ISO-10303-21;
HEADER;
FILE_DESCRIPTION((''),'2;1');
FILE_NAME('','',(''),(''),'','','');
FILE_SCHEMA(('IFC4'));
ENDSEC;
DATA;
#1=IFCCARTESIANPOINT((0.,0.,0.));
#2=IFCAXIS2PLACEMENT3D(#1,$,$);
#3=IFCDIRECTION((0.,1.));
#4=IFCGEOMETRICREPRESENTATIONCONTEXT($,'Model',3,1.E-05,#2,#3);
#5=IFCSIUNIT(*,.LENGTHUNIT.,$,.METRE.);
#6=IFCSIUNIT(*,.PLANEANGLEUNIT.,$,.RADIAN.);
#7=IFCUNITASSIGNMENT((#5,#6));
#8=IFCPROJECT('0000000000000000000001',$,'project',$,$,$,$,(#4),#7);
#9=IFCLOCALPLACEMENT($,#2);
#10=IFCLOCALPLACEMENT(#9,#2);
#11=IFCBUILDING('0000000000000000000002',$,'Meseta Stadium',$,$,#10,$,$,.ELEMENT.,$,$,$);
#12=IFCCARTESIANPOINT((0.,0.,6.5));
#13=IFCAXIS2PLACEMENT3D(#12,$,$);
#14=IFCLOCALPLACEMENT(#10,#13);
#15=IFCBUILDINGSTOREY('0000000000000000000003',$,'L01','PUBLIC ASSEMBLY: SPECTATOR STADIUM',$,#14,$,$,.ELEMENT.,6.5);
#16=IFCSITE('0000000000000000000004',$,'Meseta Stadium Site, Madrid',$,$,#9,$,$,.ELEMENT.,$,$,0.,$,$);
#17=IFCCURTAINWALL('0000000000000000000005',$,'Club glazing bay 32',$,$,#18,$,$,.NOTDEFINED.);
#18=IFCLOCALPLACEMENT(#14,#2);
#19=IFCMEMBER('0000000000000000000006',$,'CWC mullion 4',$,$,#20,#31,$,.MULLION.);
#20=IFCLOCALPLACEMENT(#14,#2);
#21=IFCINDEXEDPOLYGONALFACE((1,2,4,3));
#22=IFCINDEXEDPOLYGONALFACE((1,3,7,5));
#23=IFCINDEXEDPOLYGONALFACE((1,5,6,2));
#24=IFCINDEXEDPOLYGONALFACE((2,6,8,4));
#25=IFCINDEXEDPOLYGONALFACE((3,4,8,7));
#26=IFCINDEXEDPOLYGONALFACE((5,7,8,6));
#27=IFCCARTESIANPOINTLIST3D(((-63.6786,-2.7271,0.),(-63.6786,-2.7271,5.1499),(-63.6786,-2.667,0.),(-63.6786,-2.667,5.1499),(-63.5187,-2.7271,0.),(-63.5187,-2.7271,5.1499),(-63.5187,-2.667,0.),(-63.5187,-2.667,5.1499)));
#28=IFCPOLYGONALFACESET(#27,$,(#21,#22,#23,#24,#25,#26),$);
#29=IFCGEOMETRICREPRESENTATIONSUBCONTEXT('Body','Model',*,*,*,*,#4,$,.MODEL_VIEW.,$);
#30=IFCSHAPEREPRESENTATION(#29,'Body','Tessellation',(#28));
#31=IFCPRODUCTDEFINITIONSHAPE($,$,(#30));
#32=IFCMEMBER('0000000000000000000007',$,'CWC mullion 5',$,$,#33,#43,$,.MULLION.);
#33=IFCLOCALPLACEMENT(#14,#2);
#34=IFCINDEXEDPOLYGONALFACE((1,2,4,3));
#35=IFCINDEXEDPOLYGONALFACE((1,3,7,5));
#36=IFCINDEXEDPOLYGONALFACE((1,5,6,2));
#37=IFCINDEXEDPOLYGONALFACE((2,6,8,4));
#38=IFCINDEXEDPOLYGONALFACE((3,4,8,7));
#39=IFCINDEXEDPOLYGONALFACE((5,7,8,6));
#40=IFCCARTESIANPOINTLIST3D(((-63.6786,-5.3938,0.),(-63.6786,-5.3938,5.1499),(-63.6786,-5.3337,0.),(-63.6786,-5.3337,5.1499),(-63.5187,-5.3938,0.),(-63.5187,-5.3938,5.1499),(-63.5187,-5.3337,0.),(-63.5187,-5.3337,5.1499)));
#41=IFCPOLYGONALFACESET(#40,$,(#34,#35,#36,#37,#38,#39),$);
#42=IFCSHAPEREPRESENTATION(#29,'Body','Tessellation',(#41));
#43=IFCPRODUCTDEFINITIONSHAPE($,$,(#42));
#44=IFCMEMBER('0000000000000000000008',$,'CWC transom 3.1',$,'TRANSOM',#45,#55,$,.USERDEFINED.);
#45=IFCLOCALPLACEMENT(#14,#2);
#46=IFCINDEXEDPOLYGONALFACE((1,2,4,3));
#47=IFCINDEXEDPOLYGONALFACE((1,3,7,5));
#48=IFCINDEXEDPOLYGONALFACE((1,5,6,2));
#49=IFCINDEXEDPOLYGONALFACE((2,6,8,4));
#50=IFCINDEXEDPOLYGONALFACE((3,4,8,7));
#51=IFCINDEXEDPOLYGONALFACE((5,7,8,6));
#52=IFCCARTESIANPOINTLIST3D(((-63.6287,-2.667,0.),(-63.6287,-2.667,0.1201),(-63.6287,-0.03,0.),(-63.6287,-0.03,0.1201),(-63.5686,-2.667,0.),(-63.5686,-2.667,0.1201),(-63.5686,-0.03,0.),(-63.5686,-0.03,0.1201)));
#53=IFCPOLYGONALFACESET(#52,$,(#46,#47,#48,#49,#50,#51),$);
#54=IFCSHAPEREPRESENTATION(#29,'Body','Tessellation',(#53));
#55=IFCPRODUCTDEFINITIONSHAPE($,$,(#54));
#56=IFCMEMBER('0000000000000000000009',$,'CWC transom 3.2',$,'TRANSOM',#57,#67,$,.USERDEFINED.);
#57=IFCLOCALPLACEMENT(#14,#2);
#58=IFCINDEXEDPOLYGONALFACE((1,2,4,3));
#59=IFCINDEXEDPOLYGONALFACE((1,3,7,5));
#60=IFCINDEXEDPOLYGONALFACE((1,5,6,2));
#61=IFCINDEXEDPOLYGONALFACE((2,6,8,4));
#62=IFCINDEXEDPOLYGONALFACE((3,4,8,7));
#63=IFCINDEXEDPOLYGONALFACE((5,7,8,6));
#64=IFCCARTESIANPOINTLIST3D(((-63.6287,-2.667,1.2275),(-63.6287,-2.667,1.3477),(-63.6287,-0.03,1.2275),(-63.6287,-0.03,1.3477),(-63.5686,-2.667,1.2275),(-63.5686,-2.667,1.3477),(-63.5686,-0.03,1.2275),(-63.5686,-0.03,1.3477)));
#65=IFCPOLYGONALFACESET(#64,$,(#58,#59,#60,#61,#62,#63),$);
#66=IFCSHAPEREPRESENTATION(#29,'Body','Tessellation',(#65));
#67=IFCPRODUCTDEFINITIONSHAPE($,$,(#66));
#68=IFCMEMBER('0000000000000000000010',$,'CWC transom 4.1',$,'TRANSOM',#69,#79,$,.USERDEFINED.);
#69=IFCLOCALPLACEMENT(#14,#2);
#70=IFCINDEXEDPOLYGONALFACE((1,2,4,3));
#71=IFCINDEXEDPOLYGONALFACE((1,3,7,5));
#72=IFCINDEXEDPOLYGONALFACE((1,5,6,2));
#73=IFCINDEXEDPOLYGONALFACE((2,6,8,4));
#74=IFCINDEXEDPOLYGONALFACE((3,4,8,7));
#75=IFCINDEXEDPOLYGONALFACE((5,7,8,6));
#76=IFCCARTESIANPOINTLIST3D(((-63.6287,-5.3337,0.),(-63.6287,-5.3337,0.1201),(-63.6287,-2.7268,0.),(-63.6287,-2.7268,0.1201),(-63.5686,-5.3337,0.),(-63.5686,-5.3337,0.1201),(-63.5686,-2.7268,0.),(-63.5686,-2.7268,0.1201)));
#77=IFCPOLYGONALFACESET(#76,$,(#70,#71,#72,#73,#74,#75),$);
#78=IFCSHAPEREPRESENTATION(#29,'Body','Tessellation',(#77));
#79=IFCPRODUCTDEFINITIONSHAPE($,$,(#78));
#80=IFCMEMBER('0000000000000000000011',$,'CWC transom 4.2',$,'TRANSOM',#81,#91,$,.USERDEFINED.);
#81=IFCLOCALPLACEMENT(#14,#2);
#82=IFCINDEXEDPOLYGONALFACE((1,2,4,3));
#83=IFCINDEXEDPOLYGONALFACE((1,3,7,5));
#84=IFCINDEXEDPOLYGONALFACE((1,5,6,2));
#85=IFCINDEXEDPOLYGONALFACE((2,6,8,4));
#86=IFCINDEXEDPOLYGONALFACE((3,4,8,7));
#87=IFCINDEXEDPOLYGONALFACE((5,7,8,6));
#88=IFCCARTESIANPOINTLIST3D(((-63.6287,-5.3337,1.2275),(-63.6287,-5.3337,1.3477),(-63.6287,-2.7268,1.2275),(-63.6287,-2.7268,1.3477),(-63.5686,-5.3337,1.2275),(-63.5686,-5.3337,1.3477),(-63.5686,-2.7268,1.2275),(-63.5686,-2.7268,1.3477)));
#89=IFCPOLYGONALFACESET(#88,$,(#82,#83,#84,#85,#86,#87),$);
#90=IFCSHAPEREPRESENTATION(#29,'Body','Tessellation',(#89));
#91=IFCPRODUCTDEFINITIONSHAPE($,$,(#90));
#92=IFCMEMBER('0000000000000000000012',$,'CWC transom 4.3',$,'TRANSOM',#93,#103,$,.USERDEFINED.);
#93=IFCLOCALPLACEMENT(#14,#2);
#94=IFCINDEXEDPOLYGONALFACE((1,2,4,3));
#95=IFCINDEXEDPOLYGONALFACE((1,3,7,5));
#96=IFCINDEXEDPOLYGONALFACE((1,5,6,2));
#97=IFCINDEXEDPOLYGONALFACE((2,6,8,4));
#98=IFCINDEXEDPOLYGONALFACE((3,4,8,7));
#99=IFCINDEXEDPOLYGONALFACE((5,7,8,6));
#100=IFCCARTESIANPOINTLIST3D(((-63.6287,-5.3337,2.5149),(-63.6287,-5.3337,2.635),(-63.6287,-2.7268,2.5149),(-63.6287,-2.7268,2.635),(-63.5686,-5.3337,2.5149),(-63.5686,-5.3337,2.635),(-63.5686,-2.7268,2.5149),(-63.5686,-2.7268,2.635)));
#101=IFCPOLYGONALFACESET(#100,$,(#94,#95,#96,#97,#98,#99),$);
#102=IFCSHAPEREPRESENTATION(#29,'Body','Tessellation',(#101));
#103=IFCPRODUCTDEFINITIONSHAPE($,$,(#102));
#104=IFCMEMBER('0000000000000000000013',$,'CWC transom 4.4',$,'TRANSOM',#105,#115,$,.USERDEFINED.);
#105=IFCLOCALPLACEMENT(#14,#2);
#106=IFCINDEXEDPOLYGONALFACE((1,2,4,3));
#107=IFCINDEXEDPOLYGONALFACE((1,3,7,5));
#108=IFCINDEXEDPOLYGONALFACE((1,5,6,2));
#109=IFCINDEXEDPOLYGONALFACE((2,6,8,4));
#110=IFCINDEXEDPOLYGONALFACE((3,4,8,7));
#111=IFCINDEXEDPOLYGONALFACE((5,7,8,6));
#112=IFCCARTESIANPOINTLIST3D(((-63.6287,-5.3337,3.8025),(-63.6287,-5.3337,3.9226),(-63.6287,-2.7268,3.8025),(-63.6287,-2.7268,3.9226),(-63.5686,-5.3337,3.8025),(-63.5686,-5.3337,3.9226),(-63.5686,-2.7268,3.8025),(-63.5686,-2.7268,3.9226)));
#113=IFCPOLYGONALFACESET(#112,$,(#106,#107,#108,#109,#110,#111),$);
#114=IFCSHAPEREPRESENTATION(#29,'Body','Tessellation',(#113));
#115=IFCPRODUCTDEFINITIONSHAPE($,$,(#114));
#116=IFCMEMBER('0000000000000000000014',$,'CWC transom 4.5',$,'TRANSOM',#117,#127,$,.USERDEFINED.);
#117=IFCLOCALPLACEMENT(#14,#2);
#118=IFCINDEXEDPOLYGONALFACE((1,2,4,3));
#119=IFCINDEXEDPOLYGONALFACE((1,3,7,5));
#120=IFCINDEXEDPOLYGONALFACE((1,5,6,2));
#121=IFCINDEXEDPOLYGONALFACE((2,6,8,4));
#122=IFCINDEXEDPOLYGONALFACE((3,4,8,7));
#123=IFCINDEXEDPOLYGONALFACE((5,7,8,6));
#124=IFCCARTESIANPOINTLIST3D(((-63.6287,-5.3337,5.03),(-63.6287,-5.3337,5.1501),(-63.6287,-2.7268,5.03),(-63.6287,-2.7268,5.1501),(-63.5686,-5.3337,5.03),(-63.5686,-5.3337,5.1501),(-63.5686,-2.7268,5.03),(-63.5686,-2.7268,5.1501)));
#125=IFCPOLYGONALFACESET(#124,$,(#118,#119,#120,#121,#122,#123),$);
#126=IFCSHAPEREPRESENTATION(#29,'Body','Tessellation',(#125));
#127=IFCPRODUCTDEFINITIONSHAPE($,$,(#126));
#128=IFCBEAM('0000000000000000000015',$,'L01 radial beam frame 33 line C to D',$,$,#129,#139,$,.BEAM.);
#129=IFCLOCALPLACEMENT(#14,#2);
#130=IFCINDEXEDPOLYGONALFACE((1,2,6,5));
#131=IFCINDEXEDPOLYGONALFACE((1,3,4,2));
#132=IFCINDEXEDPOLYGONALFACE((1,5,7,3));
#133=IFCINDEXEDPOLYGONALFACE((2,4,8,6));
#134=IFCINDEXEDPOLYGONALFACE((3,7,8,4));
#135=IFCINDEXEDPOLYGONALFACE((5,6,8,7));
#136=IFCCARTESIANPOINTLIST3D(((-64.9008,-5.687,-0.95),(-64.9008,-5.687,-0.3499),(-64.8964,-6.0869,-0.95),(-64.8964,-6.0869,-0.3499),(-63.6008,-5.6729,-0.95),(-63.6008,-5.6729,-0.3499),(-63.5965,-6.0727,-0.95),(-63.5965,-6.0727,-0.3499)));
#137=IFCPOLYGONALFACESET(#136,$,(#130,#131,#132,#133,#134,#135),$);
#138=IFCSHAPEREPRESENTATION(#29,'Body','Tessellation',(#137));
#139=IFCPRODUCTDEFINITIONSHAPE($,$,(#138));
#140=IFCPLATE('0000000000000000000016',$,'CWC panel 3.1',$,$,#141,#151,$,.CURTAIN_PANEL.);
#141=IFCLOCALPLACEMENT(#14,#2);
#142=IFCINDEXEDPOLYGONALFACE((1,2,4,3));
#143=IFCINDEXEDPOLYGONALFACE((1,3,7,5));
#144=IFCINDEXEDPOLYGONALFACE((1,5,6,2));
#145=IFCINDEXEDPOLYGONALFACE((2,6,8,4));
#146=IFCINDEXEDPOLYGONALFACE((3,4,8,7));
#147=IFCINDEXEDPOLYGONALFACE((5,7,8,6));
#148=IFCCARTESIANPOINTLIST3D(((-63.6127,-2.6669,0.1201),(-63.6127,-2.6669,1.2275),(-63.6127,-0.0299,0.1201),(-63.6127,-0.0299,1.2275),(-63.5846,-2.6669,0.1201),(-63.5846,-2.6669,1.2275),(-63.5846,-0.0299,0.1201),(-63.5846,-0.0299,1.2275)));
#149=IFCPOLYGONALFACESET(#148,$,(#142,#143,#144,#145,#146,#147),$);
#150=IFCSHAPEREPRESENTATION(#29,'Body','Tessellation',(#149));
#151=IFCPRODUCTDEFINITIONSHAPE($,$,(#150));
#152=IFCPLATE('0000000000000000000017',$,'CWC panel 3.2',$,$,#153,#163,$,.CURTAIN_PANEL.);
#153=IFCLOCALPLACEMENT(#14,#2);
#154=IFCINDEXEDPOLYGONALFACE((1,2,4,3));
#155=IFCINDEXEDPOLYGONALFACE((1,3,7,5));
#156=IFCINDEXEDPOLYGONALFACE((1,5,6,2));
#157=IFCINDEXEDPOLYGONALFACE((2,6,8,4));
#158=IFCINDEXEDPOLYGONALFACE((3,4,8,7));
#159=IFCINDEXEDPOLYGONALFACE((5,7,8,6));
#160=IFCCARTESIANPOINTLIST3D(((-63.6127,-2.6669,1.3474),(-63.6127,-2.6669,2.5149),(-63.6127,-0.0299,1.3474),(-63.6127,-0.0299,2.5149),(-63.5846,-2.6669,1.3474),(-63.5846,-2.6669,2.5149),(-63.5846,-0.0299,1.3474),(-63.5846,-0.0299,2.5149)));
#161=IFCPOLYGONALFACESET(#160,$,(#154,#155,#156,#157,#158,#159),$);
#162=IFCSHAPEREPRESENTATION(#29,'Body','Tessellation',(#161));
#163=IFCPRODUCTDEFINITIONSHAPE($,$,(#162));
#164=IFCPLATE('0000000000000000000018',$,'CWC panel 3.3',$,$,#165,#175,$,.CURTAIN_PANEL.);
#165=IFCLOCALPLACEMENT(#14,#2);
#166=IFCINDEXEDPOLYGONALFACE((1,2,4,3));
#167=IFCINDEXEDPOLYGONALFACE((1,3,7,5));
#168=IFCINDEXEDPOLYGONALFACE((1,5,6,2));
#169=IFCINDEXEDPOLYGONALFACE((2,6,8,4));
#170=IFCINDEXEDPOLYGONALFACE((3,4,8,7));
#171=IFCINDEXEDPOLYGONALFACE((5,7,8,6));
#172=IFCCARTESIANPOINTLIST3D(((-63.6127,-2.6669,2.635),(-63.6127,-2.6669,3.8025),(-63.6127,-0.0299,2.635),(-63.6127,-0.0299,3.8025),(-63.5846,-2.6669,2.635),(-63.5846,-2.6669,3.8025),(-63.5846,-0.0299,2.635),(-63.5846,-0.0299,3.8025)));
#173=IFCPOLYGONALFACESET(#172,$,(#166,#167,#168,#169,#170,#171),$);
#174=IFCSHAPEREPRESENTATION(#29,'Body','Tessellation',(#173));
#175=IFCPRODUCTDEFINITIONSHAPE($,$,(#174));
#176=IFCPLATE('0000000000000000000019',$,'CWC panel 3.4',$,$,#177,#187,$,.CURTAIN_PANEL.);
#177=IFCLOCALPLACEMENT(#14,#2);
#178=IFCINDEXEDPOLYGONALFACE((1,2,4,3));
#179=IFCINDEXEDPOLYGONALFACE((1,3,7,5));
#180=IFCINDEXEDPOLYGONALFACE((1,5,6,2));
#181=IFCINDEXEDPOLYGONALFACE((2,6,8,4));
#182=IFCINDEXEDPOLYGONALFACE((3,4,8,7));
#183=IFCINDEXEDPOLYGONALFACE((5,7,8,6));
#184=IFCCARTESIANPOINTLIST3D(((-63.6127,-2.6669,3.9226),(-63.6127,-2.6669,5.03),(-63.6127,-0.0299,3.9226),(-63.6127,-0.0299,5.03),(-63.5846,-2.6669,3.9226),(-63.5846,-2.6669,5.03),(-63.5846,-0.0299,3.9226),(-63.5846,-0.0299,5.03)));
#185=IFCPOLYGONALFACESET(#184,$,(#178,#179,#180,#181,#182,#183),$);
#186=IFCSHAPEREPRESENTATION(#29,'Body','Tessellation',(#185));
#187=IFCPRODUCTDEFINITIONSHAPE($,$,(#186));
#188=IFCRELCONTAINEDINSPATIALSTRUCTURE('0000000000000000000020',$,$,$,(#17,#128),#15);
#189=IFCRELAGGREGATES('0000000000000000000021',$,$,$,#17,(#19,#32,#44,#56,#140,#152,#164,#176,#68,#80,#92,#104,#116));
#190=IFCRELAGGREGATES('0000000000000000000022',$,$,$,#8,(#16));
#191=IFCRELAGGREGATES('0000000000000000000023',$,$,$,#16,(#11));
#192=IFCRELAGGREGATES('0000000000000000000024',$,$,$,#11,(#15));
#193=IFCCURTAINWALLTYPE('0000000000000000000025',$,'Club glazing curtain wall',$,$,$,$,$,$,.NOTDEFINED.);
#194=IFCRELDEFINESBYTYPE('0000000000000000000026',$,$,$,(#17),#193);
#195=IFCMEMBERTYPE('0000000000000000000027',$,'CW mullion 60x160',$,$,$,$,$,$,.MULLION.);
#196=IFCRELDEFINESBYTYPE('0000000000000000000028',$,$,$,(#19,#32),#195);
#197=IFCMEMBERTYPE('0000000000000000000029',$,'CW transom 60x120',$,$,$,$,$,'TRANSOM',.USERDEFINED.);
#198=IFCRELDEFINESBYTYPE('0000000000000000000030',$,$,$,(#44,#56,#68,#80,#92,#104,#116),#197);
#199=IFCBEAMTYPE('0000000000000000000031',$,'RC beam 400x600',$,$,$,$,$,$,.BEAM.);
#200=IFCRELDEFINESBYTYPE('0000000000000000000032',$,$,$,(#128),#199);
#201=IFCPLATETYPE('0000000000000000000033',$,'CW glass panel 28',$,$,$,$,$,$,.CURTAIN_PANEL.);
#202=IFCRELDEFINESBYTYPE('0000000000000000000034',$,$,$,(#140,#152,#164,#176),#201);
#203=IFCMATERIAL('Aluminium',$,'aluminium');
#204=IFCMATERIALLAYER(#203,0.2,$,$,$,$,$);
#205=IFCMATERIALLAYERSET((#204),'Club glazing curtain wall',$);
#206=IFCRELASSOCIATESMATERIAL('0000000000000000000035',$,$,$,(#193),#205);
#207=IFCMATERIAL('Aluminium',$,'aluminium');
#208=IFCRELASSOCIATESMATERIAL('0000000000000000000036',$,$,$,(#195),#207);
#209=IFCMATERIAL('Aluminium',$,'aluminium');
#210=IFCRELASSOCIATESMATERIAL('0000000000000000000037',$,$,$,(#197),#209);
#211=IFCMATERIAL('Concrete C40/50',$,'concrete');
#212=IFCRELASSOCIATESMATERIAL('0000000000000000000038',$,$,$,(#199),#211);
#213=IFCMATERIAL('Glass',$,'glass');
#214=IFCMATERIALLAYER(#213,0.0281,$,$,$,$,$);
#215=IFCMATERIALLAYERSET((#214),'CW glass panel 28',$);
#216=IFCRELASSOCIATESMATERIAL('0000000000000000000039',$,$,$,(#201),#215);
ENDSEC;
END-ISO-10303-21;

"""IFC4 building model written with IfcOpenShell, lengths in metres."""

from ifc_helpers import new_model, si_unit, direction, frame, origin, origin_2d, place, context, subcontext, project, spatial, rectangle, extrude, material, layer, layer_set, material_profile, profile_set, type_object, element, aggregate, save


model = new_model("IFC4")

# Units and contexts
model_context = context("Model", 3, precision=1e-05, world=origin(), true_north=direction((0.0, 1.0)))
body_context = subcontext(model_context, "Body", "Model", "MODEL_VIEW")
ifc_project = project(units=[si_unit("LENGTHUNIT", "METRE"), si_unit("PLANEANGLEUNIT", "RADIAN")], contexts=[model_context])

# Site, building, storey
site_placement = place(None, origin())
site = spatial("IfcSite", under=ifc_project, at=site_placement, Name="Meseta Stadium Site, Madrid", CompositionType="ELEMENT", RefElevation=0.0)
building_placement = place(site_placement, origin())
building = spatial("IfcBuilding", under=site, at=building_placement, Name="Meseta Stadium", CompositionType="ELEMENT")
storey_placement = place(building_placement, frame((0.0, 0.0, 6.5)))
storey = spatial("IfcBuildingStorey", under=building, at=storey_placement, Name="L01", Description="PUBLIC ASSEMBLY: SPECTATOR STADIUM", CompositionType="ELEMENT", Elevation=6.5)

# Curtain wall, members
ifc_material_1 = material(Name="Aluminium", Category="aluminium")
ifc_layer_1 = layer(ifc_material_1, 0.2)
ifc_layer_set_1 = layer_set([ifc_layer_1], Name="Club glazing curtain wall")
curtain_wall_type = type_object("IfcCurtainWallType", Name="Club glazing curtain wall", PredefinedType="NOTDEFINED", material=ifc_layer_set_1)
curtain_wall_placement = place(storey_placement, origin())
curtain_wall = element("IfcCurtainWall", 1, at=curtain_wall_placement, inside=storey, type_object=curtain_wall_type, Name="Club glazing bay 32", PredefinedType="NOTDEFINED")
ifc_material_2 = material(Name="Aluminium", Category="aluminium")
ifc_material_profile_1 = material_profile(ifc_material_2, rectangle(XDim=0.1599, YDim=0.0601, at=origin_2d()), Name="CW 160x60")
ifc_profile_set_1 = profile_set([ifc_material_profile_1], Name="Aluminium")
member_type_1 = type_object("IfcMemberType", Name="CW mullion 60x160", PredefinedType="MULLION", material=ifc_profile_set_1)
member_1_placement = place(storey_placement, frame((-63.5986, -2.697, 0.0), z_axis=(0.0, 0.0, 1.0), x_axis=(1.0, 0.0, 0.0)))
member_1 = element("IfcMember", 2, at=member_1_placement, type_object=member_type_1, Name="CWC mullion 4", PredefinedType="MULLION", context=body_context, shape_type="SweptSolid", body=[
    extrude(rectangle(XDim=0.1599, YDim=0.0601, at=origin_2d()), origin(), (0.0, 0.0, 1.0), 5.1499),
])
member_2_placement = place(storey_placement, frame((-63.5986, -5.3638, 0.0), z_axis=(0.0, 0.0, 1.0), x_axis=(1.0, 0.0, 0.0)))
member_2 = element("IfcMember", 3, at=member_2_placement, type_object=member_type_1, Name="CWC mullion 5", PredefinedType="MULLION", context=body_context, shape_type="SweptSolid", body=[
    extrude(rectangle(XDim=0.1599, YDim=0.0601, at=origin_2d()), origin(), (0.0, 0.0, 1.0), 5.1499),
])
ifc_material_3 = material(Name="Aluminium", Category="aluminium")
ifc_material_profile_2 = material_profile(ifc_material_3, rectangle(XDim=0.0601, YDim=0.1201, at=origin_2d()), Name="CW 60x120")
ifc_profile_set_2 = profile_set([ifc_material_profile_2], Name="Aluminium")
member_type_2 = type_object("IfcMemberType", Name="CW transom 60x120", ElementType="TRANSOM", PredefinedType="USERDEFINED", material=ifc_profile_set_2)
member_3_placement = place(storey_placement, frame((-63.5986, -0.03, 0.0601), z_axis=(0.0, -1.0, 0.0), x_axis=(1.0, 0.0, 0.0)))
member_3 = element("IfcMember", 4, at=member_3_placement, type_object=member_type_2, Name="CWC transom 3.1", ObjectType="TRANSOM", PredefinedType="USERDEFINED", context=body_context, shape_type="SweptSolid", body=[
    extrude(rectangle(XDim=0.0601, YDim=0.1201, at=origin_2d()), origin(), (0.0, 0.0, 1.0), 2.637),
])
member_4_placement = place(storey_placement, frame((-63.5986, -0.03, 1.2876), z_axis=(0.0, -1.0, 0.0), x_axis=(1.0, 0.0, 0.0)))
member_4 = element("IfcMember", 5, at=member_4_placement, type_object=member_type_2, Name="CWC transom 3.2", ObjectType="TRANSOM", PredefinedType="USERDEFINED", context=body_context, shape_type="SweptSolid", body=[
    extrude(rectangle(XDim=0.0601, YDim=0.1201, at=origin_2d()), origin(), (0.0, 0.0, 1.0), 2.637),
])
member_5_placement = place(storey_placement, frame((-63.5986, -2.7268, 0.0601), z_axis=(0.0, -1.0, 0.0), x_axis=(1.0, 0.0, 0.0)))
member_5 = element("IfcMember", 6, at=member_5_placement, type_object=member_type_2, Name="CWC transom 4.1", ObjectType="TRANSOM", PredefinedType="USERDEFINED", context=body_context, shape_type="SweptSolid", body=[
    extrude(rectangle(XDim=0.0601, YDim=0.1201, at=origin_2d()), origin(), (0.0, 0.0, 1.0), 2.6069),
])
member_6_placement = place(storey_placement, frame((-63.5986, -2.7268, 1.2876), z_axis=(0.0, -1.0, 0.0), x_axis=(1.0, 0.0, 0.0)))
member_6 = element("IfcMember", 7, at=member_6_placement, type_object=member_type_2, Name="CWC transom 4.2", ObjectType="TRANSOM", PredefinedType="USERDEFINED", context=body_context, shape_type="SweptSolid", body=[
    extrude(rectangle(XDim=0.0601, YDim=0.1201, at=origin_2d()), origin(), (0.0, 0.0, 1.0), 2.6069),
])
member_7_placement = place(storey_placement, frame((-63.5986, -2.7268, 2.575), z_axis=(0.0, -1.0, 0.0), x_axis=(1.0, 0.0, 0.0)))
member_7 = element("IfcMember", 8, at=member_7_placement, type_object=member_type_2, Name="CWC transom 4.3", ObjectType="TRANSOM", PredefinedType="USERDEFINED", context=body_context, shape_type="SweptSolid", body=[
    extrude(rectangle(XDim=0.0601, YDim=0.1201, at=origin_2d()), origin(), (0.0, 0.0, 1.0), 2.6069),
])
member_8_placement = place(storey_placement, frame((-63.5986, -2.7268, 3.8625), z_axis=(0.0, -1.0, 0.0), x_axis=(1.0, 0.0, 0.0)))
member_8 = element("IfcMember", 9, at=member_8_placement, type_object=member_type_2, Name="CWC transom 4.4", ObjectType="TRANSOM", PredefinedType="USERDEFINED", context=body_context, shape_type="SweptSolid", body=[
    extrude(rectangle(XDim=0.0601, YDim=0.1201, at=origin_2d()), origin(), (0.0, 0.0, 1.0), 2.6069),
])
member_9_placement = place(storey_placement, frame((-63.5986, -2.7268, 5.0901), z_axis=(0.0, -1.0, 0.0), x_axis=(1.0, 0.0, 0.0)))
member_9 = element("IfcMember", 10, at=member_9_placement, type_object=member_type_2, Name="CWC transom 4.5", ObjectType="TRANSOM", PredefinedType="USERDEFINED", context=body_context, shape_type="SweptSolid", body=[
    extrude(rectangle(XDim=0.0601, YDim=0.1201, at=origin_2d()), origin(), (0.0, 0.0, 1.0), 2.6069),
])

# Beam
ifc_material_4 = material(Name="Concrete C40/50", Category="concrete")
ifc_material_profile_3 = material_profile(ifc_material_4, rectangle(XDim=0.3999, YDim=0.6001, at=origin_2d()), Name="RC 400x600")
ifc_profile_set_3 = profile_set([ifc_material_profile_3], Name="Concrete C40/50")
beam_type = type_object("IfcBeamType", Name="RC beam 400x600", PredefinedType="BEAM", material=ifc_profile_set_3)
beam_placement = place(storey_placement, frame((-63.5986, -5.8728, -0.6499), z_axis=(-0.999941, -0.010891, 0.0), x_axis=(0.010891, -0.999941, 0.0)))
element("IfcBeam", 11, at=beam_placement, inside=storey, type_object=beam_type, Name="L01 radial beam frame 33 line C to D", PredefinedType="BEAM", context=body_context, shape_type="SweptSolid", body=[
    extrude(rectangle(XDim=0.3999, YDim=0.6001, at=origin_2d()), origin(), (0.0, 0.0, 1.0), 1.3),
])

# Plates
ifc_material_5 = material(Name="Glass", Category="glass")
ifc_layer_2 = layer(ifc_material_5, 0.0281)
ifc_layer_set_2 = layer_set([ifc_layer_2], Name="CW glass panel 28")
plate_type = type_object("IfcPlateType", Name="CW glass panel 28", PredefinedType="CURTAIN_PANEL", material=ifc_layer_set_2)
plate_1_placement = place(storey_placement, frame((-63.5986, -1.3484, 0.1201), z_axis=(0.0, 0.0, 1.0), x_axis=(0.0, -1.0, 0.0)))
plate_1 = element("IfcPlate", 12, at=plate_1_placement, type_object=plate_type, Name="CWC panel 3.1", PredefinedType="CURTAIN_PANEL", context=body_context, shape_type="SweptSolid", body=[
    extrude(rectangle(XDim=2.637, YDim=0.0281, at=origin_2d()), origin(), (0.0, 0.0, 1.0), 1.1074),
])
plate_2_placement = place(storey_placement, frame((-63.5986, -1.3484, 1.3474), z_axis=(0.0, 0.0, 1.0), x_axis=(0.0, -1.0, 0.0)))
plate_2 = element("IfcPlate", 13, at=plate_2_placement, type_object=plate_type, Name="CWC panel 3.2", PredefinedType="CURTAIN_PANEL", context=body_context, shape_type="SweptSolid", body=[
    extrude(rectangle(XDim=2.637, YDim=0.0281, at=origin_2d()), origin(), (0.0, 0.0, 1.0), 1.1675),
])
plate_3_placement = place(storey_placement, frame((-63.5986, -1.3484, 2.635), z_axis=(0.0, 0.0, 1.0), x_axis=(0.0, -1.0, 0.0)))
plate_3 = element("IfcPlate", 14, at=plate_3_placement, type_object=plate_type, Name="CWC panel 3.3", PredefinedType="CURTAIN_PANEL", context=body_context, shape_type="SweptSolid", body=[
    extrude(rectangle(XDim=2.637, YDim=0.0281, at=origin_2d()), origin(), (0.0, 0.0, 1.0), 1.1675),
])
plate_4_placement = place(storey_placement, frame((-63.5986, -1.3484, 3.9226), z_axis=(0.0, 0.0, 1.0), x_axis=(0.0, -1.0, 0.0)))
plate_4 = element("IfcPlate", 15, at=plate_4_placement, type_object=plate_type, Name="CWC panel 3.4", PredefinedType="CURTAIN_PANEL", context=body_context, shape_type="SweptSolid", body=[
    extrude(rectangle(XDim=2.637, YDim=0.0281, at=origin_2d()), origin(), (0.0, 0.0, 1.0), 1.1074),
])
aggregate(curtain_wall, [member_1, member_2, member_3, member_4, plate_1, plate_2, plate_3, plate_4, member_5, member_6, member_7, member_8, member_9])

save(model, "model.ifc")
